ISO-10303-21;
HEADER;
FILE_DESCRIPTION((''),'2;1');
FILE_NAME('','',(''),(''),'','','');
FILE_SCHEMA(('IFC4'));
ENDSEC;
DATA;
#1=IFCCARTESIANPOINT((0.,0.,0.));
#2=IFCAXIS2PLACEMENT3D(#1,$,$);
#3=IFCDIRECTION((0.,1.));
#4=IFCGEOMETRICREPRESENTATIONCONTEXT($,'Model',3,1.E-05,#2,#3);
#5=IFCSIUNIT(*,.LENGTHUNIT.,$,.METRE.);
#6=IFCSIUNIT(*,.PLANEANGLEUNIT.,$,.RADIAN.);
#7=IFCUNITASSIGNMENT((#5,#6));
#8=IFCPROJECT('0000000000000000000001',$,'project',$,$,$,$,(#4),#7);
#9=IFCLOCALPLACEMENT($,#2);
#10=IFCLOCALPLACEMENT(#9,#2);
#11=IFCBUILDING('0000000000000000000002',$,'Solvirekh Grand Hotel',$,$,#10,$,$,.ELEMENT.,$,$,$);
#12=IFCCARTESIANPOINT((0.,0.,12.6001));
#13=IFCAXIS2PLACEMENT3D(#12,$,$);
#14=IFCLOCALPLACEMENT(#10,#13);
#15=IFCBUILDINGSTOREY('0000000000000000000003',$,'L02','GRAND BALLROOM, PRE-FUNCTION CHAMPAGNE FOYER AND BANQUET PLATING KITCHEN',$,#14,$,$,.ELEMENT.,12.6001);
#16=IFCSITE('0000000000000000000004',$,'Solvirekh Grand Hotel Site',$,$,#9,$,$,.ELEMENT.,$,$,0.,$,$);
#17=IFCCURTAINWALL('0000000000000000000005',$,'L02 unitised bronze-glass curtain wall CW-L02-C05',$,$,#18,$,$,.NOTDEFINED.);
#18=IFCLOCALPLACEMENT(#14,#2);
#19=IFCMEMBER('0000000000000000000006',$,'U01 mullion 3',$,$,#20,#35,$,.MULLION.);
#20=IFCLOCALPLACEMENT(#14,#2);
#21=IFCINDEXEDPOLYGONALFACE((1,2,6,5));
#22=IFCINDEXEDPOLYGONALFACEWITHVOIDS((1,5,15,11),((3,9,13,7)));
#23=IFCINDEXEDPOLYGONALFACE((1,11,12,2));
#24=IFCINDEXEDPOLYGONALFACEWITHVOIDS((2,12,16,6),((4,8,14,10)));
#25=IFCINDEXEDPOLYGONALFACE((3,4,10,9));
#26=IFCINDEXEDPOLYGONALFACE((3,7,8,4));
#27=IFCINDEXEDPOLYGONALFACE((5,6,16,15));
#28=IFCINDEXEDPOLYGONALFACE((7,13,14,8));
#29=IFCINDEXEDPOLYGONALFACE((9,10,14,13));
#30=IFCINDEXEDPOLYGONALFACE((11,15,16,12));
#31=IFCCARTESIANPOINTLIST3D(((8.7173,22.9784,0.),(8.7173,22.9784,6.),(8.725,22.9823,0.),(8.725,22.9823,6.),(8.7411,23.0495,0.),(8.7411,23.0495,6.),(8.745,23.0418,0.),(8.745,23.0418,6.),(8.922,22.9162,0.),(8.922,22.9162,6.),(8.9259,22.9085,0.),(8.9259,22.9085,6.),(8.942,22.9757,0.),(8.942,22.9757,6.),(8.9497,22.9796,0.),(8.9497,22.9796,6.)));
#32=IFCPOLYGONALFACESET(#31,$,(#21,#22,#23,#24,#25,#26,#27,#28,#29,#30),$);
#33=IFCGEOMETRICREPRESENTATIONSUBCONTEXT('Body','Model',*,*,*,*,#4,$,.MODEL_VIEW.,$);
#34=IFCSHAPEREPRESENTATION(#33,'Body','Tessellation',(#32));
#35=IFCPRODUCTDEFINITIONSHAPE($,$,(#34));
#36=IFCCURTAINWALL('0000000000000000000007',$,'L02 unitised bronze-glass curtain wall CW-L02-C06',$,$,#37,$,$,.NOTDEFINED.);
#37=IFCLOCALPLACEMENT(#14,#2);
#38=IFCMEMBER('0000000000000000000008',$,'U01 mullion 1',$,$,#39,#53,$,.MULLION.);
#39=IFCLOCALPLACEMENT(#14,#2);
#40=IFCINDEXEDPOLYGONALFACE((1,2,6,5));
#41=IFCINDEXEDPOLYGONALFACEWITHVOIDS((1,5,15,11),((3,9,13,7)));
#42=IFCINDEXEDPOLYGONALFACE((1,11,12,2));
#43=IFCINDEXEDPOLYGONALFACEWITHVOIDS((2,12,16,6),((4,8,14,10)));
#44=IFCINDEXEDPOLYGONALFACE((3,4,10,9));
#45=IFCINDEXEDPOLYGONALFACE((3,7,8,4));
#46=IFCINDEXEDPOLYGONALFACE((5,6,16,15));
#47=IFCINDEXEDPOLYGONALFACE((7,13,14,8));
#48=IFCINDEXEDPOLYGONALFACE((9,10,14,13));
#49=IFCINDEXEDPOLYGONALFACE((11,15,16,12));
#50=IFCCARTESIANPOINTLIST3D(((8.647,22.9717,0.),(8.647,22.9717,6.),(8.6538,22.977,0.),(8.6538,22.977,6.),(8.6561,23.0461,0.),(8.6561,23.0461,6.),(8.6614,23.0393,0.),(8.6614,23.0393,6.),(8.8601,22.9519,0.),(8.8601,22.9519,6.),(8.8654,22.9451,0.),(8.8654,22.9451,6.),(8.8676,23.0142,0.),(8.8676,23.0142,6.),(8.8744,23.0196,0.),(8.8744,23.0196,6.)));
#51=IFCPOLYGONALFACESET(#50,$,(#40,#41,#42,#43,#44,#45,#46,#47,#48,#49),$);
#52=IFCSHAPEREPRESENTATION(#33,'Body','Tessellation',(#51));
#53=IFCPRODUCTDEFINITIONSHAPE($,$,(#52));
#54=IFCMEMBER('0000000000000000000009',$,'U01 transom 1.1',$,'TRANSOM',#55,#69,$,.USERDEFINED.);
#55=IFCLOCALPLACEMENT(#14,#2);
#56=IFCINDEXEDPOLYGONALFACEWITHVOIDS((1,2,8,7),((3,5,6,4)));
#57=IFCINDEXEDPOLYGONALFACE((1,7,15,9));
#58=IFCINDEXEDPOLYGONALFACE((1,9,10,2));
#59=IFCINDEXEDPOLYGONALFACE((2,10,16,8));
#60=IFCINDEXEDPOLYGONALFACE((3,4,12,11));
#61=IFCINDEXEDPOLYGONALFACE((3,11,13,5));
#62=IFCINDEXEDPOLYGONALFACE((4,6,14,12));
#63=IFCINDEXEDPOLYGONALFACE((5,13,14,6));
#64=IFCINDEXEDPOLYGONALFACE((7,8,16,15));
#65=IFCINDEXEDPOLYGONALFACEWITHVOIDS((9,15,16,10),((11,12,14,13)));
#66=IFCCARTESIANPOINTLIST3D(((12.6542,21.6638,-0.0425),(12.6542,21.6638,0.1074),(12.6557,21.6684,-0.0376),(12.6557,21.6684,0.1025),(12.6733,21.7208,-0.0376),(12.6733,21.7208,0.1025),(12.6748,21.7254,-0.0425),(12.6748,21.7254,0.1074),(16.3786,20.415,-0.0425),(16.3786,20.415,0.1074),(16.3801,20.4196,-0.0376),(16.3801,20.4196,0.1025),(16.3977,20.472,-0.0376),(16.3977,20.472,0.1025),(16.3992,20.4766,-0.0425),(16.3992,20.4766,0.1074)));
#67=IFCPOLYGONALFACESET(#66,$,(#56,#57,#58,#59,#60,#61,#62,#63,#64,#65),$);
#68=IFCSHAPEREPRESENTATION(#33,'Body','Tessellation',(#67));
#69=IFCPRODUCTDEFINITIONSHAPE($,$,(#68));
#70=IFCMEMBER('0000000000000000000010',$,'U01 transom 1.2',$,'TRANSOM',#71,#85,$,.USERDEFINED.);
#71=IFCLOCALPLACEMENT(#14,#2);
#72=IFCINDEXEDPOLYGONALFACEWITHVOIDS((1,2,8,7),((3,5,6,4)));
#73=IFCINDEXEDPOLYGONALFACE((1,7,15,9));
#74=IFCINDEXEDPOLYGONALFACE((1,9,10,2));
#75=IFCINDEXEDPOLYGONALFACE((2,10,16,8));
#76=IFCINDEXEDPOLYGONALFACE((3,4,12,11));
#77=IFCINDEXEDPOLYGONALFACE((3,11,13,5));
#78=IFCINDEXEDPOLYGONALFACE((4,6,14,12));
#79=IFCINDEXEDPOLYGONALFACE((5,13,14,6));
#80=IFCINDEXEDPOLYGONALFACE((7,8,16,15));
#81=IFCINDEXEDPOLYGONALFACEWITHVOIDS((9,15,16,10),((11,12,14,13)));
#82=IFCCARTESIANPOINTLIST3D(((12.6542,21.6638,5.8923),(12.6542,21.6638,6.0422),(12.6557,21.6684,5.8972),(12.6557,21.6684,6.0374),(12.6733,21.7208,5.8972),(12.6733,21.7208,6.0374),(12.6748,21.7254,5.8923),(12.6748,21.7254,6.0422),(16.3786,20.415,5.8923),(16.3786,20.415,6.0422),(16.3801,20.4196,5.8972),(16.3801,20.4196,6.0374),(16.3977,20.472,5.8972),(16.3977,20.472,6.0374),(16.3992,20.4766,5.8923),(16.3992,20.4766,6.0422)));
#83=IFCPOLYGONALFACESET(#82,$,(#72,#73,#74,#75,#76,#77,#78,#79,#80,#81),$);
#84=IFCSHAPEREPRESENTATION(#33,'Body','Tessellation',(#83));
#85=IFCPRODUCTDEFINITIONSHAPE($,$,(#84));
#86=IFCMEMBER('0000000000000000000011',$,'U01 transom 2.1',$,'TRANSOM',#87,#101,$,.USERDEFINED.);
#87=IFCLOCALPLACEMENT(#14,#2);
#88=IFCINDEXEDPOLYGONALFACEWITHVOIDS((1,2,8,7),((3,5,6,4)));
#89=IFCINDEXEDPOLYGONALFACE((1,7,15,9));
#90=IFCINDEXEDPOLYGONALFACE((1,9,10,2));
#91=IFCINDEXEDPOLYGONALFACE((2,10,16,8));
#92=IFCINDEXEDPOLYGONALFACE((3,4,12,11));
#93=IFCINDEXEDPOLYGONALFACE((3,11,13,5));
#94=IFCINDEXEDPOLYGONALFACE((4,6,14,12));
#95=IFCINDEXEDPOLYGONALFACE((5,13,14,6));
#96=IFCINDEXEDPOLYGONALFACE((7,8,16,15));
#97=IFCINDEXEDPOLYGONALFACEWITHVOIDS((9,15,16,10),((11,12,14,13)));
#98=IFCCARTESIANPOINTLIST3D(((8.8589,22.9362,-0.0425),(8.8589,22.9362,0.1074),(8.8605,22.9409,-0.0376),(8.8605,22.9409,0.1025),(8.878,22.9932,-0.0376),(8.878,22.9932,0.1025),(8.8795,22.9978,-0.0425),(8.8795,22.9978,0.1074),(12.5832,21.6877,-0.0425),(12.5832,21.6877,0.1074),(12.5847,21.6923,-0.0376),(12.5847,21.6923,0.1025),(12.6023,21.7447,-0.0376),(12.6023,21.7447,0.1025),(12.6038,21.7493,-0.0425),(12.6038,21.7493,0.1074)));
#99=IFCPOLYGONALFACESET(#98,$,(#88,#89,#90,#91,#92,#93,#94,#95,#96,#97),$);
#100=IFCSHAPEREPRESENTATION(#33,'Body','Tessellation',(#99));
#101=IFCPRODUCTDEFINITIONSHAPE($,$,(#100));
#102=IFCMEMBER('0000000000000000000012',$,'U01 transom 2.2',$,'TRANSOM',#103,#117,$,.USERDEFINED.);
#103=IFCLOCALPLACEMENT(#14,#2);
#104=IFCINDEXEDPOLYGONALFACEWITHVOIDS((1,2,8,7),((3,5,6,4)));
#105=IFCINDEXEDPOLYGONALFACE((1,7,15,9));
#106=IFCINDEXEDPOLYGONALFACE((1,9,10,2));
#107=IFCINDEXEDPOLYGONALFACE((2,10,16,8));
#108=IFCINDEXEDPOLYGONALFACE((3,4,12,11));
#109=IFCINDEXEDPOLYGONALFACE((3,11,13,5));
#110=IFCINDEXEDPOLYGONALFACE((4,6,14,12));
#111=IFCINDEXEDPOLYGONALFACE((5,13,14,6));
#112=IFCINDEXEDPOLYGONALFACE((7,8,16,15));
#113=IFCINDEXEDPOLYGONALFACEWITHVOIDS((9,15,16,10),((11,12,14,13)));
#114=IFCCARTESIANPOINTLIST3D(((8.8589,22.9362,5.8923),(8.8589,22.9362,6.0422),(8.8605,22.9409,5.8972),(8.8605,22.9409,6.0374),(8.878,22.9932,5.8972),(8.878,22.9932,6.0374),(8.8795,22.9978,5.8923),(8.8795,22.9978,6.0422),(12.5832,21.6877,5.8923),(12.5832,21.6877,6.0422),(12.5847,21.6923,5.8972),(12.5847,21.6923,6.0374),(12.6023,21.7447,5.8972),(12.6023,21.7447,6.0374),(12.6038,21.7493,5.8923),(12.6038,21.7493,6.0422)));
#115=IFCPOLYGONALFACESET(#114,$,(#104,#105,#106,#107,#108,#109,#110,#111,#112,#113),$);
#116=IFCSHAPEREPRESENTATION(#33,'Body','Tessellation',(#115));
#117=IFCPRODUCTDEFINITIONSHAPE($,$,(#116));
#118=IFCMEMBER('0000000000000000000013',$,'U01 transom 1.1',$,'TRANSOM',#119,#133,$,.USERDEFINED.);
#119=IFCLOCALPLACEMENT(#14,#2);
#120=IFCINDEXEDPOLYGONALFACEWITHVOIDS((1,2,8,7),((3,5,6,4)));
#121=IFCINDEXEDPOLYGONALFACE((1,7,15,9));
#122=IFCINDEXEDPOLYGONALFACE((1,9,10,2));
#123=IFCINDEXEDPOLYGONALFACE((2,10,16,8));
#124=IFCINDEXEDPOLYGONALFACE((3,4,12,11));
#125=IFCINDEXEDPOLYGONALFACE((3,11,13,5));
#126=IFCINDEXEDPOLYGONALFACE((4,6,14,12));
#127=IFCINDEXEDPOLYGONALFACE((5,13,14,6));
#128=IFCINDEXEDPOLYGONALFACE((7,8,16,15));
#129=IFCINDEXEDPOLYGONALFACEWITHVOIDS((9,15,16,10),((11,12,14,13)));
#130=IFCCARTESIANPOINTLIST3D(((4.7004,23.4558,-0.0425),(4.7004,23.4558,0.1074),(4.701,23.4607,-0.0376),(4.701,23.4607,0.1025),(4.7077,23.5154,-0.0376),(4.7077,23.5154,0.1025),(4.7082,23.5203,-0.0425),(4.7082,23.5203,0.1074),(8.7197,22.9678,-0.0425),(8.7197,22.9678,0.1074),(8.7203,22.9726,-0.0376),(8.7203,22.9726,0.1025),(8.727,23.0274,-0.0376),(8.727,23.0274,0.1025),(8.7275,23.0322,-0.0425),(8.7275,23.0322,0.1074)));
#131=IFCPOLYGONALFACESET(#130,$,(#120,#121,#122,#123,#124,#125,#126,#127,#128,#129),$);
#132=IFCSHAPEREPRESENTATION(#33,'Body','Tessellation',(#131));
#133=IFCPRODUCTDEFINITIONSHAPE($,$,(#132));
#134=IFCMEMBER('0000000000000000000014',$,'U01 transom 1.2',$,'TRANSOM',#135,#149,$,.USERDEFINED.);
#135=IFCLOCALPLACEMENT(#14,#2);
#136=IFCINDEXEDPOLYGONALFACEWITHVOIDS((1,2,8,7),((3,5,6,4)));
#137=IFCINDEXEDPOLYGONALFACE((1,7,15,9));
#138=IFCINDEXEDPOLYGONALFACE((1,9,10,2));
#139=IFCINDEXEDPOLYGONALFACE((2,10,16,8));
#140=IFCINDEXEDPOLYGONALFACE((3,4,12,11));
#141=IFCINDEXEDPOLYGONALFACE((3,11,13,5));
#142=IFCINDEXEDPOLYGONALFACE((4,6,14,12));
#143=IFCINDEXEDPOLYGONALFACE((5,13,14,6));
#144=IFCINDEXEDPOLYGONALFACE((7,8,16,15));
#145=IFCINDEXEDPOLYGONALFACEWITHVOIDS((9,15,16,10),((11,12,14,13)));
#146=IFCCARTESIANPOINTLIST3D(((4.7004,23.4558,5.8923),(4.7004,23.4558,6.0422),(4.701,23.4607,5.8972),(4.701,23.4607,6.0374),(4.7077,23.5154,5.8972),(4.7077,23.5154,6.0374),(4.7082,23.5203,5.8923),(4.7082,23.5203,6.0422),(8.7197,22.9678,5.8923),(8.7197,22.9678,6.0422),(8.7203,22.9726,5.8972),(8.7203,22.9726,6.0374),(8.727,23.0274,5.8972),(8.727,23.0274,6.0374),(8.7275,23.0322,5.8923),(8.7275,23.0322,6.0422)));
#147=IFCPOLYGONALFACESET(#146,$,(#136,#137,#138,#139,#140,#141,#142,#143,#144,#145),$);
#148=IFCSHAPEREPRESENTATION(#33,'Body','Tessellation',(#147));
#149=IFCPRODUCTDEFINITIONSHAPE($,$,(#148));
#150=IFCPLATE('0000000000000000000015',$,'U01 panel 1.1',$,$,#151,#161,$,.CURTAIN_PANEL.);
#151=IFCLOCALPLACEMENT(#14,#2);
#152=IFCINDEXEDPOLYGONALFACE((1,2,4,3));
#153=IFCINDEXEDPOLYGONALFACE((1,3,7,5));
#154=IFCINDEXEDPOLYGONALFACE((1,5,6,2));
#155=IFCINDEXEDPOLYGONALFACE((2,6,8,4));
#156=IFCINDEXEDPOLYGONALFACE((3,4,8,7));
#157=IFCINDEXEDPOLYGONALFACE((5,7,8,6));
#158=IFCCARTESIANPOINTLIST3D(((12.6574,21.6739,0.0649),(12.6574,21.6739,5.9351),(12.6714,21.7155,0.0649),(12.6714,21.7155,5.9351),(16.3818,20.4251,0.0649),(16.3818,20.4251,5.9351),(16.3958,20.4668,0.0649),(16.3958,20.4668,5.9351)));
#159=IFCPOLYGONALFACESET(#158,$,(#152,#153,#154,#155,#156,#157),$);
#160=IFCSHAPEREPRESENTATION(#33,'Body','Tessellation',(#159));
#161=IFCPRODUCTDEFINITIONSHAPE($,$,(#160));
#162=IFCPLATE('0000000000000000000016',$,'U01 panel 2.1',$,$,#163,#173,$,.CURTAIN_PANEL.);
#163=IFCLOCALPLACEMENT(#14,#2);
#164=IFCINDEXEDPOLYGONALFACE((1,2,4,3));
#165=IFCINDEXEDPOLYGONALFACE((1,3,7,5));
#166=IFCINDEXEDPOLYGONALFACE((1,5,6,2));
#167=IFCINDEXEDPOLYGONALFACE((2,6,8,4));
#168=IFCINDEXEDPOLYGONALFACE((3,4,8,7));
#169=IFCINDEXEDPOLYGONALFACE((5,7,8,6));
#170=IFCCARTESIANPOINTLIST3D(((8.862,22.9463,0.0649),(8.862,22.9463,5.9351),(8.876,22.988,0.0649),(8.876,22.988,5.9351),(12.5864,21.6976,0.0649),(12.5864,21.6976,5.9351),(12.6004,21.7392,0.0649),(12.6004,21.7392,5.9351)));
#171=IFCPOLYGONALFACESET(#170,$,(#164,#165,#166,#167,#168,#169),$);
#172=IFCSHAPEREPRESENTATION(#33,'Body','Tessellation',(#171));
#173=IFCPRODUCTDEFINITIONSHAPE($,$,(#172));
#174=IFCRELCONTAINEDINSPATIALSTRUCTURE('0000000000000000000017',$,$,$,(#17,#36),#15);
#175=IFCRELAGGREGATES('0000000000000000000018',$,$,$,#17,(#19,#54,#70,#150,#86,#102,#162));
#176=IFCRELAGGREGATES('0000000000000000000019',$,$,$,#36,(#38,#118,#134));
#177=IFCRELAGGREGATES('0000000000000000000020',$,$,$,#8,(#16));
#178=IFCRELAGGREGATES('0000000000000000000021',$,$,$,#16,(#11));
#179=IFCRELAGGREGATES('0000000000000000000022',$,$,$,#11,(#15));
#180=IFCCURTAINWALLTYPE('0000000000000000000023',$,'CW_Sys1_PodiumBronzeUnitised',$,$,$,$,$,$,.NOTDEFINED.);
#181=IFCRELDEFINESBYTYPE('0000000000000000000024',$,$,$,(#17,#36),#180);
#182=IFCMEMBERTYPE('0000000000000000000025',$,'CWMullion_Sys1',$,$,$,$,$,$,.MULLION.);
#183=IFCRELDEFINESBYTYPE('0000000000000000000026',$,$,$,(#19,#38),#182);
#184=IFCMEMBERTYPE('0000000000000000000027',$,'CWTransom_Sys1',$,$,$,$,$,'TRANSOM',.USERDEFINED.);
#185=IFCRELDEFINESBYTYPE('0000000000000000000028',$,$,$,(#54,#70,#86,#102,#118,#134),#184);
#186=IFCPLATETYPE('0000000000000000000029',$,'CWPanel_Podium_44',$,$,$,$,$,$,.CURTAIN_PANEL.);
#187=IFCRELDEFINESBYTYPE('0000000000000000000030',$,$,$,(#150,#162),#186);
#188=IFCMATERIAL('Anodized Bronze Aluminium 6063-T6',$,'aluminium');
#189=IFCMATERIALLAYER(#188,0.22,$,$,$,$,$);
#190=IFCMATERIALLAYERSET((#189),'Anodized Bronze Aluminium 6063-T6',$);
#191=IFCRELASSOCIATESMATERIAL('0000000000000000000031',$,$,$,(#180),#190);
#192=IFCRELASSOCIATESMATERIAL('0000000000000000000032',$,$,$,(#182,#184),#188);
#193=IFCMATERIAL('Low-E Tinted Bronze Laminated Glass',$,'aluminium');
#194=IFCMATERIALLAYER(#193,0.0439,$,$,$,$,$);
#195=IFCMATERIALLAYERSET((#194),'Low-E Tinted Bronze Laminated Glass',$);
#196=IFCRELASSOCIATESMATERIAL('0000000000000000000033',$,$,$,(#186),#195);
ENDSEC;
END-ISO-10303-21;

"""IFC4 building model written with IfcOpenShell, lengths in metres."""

from ifc_helpers import new_model, si_unit, direction, frame, origin, origin_2d, place, context, subcontext, project, spatial, rectangle, hollow_rectangle, extrude, source, transform, mapped, material, layer, layer_set, material_profile, profile_set, type_object, element, aggregate, save


model = new_model("IFC4")

# Units and contexts
model_context = context("Model", 3, precision=1e-05, world=origin(), true_north=direction((0.0, 1.0)))
body_context = subcontext(model_context, "Body", "Model", "MODEL_VIEW")
ifc_project = project(units=[si_unit("LENGTHUNIT", "METRE"), si_unit("PLANEANGLEUNIT", "RADIAN")], contexts=[model_context])

# Site, building, storey
site_placement = place(None, origin())
site = spatial("IfcSite", under=ifc_project, at=site_placement, Name="Solvirekh Grand Hotel Site", CompositionType="ELEMENT", RefElevation=0.0)
building_placement = place(site_placement, origin())
building = spatial("IfcBuilding", under=site, at=building_placement, Name="Solvirekh Grand Hotel", CompositionType="ELEMENT")
storey_placement = place(building_placement, frame((0.0, 0.0, 12.6001)))
storey = spatial("IfcBuildingStorey", under=building, at=storey_placement, Name="L02", Description="GRAND BALLROOM, PRE-FUNCTION CHAMPAGNE FOYER AND BANQUET PLATING KITCHEN", CompositionType="ELEMENT", Elevation=12.6001)

# Curtain wall, member
ifc_material_1 = material(Name="Anodized Bronze Aluminium 6063-T6", Category="aluminium")
ifc_layer_1 = layer(ifc_material_1, 0.22)
ifc_layer_set_1 = layer_set([ifc_layer_1], Name="Anodized Bronze Aluminium 6063-T6")
curtain_wall_type = type_object("IfcCurtainWallType", Name="CW_Sys1_PodiumBronzeUnitised", PredefinedType="NOTDEFINED", material=ifc_layer_set_1)
curtain_wall_1_placement = place(storey_placement, origin())
curtain_wall_1 = element("IfcCurtainWall", 1, at=curtain_wall_1_placement, inside=storey, type_object=curtain_wall_type, Name="L02 unitised bronze-glass curtain wall CW-L02-C05", PredefinedType="NOTDEFINED")
ifc_material_profile_1 = material_profile(ifc_material_1, hollow_rectangle(XDim=0.075, YDim=0.22, WallThickness=0.0061, at=origin_2d()), Name="ALU RHS 220X75X6")
ifc_profile_set_1 = profile_set([ifc_material_profile_1], Name="Anodized Bronze Aluminium 6063-T6")
member_type_1 = type_object("IfcMemberType", Name="CWMullion_Sys1", PredefinedType="MULLION", material=ifc_profile_set_1)
shared_shape_1 = source(origin(), body_context, "Body", "SweptSolid", [
    extrude(hollow_rectangle(XDim=0.075, YDim=0.22, WallThickness=0.0061, at=origin_2d()), origin(), (0.0, 0.0, 1.0), 6.0),
])
member_1_placement = place(storey_placement, frame((8.8335, 22.979, 0.0), z_axis=(0.0, 0.0, 1.0), x_axis=(-0.317898, -0.948125, 0.0)))
member_1 = element("IfcMember", 2, at=member_1_placement, type_object=member_type_1, Name="U01 mullion 3", PredefinedType="MULLION", context=body_context, shape_type="MappedRepresentation", body=[
    mapped(shared_shape_1, transform((0.0, 0.0, 0.0), x_axis=(1.0, 0.0, 0.0), y_axis=(0.0, 1.0, 0.0), z_axis=(0.0, 0.0, 1.0), scale=1.0)),
])

# Curtain wall, member
curtain_wall_2_placement = place(storey_placement, origin())
curtain_wall_2 = element("IfcCurtainWall", 3, at=curtain_wall_2_placement, inside=storey, type_object=curtain_wall_type, Name="L02 unitised bronze-glass curtain wall CW-L02-C06", PredefinedType="NOTDEFINED")
member_2_placement = place(storey_placement, frame((8.7607, 22.9956, 0.0), z_axis=(0.0, 0.0, 1.0), x_axis=(-0.120514, -0.992712, 0.0)))
member_2 = element("IfcMember", 4, at=member_2_placement, type_object=member_type_1, Name="U01 mullion 1", PredefinedType="MULLION", context=body_context, shape_type="MappedRepresentation", body=[
    mapped(shared_shape_1, transform((0.0, 0.0, 0.0), x_axis=(1.0, 0.0, 0.0), y_axis=(0.0, 1.0, 0.0), z_axis=(0.0, 0.0, 1.0), scale=1.0)),
])

# Members
ifc_material_profile_2 = material_profile(ifc_material_1, hollow_rectangle(XDim=0.0649, YDim=0.1499, WallThickness=0.0049, at=origin_2d()), Name="ALU RHS 150X65X5")
ifc_profile_set_2 = profile_set([ifc_material_profile_2], Name="Anodized Bronze Aluminium 6063-T6")
member_type_2 = type_object("IfcMemberType", Name="CWTransom_Sys1", ElementType="TRANSOM", PredefinedType="USERDEFINED", material=ifc_profile_set_2)
shared_shape_2 = source(origin(), body_context, "Body", "SweptSolid", [
    extrude(hollow_rectangle(XDim=0.0649, YDim=0.1499, WallThickness=0.0049, at=origin_2d()), origin(), (0.0, 0.0, 1.0), 3.9282),
])
member_3_placement = place(storey_placement, frame((16.3889, 20.4458, 0.0325), z_axis=(-0.948122, 0.317905, 0.0), x_axis=(-0.317905, -0.948122, 0.0)))
member_3 = element("IfcMember", 5, at=member_3_placement, type_object=member_type_2, Name="U01 transom 1.1", ObjectType="TRANSOM", PredefinedType="USERDEFINED", context=body_context, shape_type="MappedRepresentation", body=[
    mapped(shared_shape_2, transform((0.0, 0.0, 0.0), x_axis=(1.0, 0.0, 0.0), y_axis=(0.0, 1.0, 0.0), z_axis=(0.0, 0.0, 1.0), scale=1.0)),
])
member_4_placement = place(storey_placement, frame((16.3889, 20.4458, 5.9673), z_axis=(-0.948122, 0.317905, 0.0), x_axis=(-0.317905, -0.948122, 0.0)))
member_4 = element("IfcMember", 6, at=member_4_placement, type_object=member_type_2, Name="U01 transom 1.2", ObjectType="TRANSOM", PredefinedType="USERDEFINED", context=body_context, shape_type="MappedRepresentation", body=[
    mapped(shared_shape_2, transform((0.0, 0.0, 0.0), x_axis=(1.0, 0.0, 0.0), y_axis=(0.0, 1.0, 0.0), z_axis=(0.0, 0.0, 1.0), scale=1.0)),
])
shared_shape_3 = source(origin(), body_context, "Body", "SweptSolid", [
    extrude(hollow_rectangle(XDim=0.0649, YDim=0.1499, WallThickness=0.0049, at=origin_2d()), origin(), (0.0, 0.0, 1.0), 3.928),
])
member_5_placement = place(storey_placement, frame((12.5935, 21.7185, 0.0325), z_axis=(-0.948141, 0.317849, 0.0), x_axis=(-0.317849, -0.948141, 0.0)))
member_5 = element("IfcMember", 7, at=member_5_placement, type_object=member_type_2, Name="U01 transom 2.1", ObjectType="TRANSOM", PredefinedType="USERDEFINED", context=body_context, shape_type="MappedRepresentation", body=[
    mapped(shared_shape_3, transform((0.0, 0.0, 0.0), x_axis=(1.0, 0.0, 0.0), y_axis=(0.0, 1.0, 0.0), z_axis=(0.0, 0.0, 1.0), scale=1.0)),
])
member_6_placement = place(storey_placement, frame((12.5935, 21.7185, 5.9673), z_axis=(-0.948141, 0.317849, 0.0), x_axis=(-0.317849, -0.948141, 0.0)))
member_6 = element("IfcMember", 8, at=member_6_placement, type_object=member_type_2, Name="U01 transom 2.2", ObjectType="TRANSOM", PredefinedType="USERDEFINED", context=body_context, shape_type="MappedRepresentation", body=[
    mapped(shared_shape_3, transform((0.0, 0.0, 0.0), x_axis=(1.0, 0.0, 0.0), y_axis=(0.0, 1.0, 0.0), z_axis=(0.0, 0.0, 1.0), scale=1.0)),
])
shared_shape_4 = source(origin(), body_context, "Body", "SweptSolid", [
    extrude(hollow_rectangle(XDim=0.0649, YDim=0.1499, WallThickness=0.0049, at=origin_2d()), origin(), (0.0, 0.0, 1.0), 4.0488),
])
member_7_placement = place(storey_placement, frame((8.7236, 23.0, 0.0325), z_axis=(-0.992709, 0.120538, 0.0), x_axis=(-0.120538, -0.992709, 0.0)))
member_7 = element("IfcMember", 9, at=member_7_placement, type_object=member_type_2, Name="U01 transom 1.1", ObjectType="TRANSOM", PredefinedType="USERDEFINED", context=body_context, shape_type="MappedRepresentation", body=[
    mapped(shared_shape_4, transform((0.0, 0.0, 0.0), x_axis=(1.0, 0.0, 0.0), y_axis=(0.0, 1.0, 0.0), z_axis=(0.0, 0.0, 1.0), scale=1.0)),
])
member_8_placement = place(storey_placement, frame((8.7236, 23.0, 5.9673), z_axis=(-0.992709, 0.120538, 0.0), x_axis=(-0.120538, -0.992709, 0.0)))
member_8 = element("IfcMember", 10, at=member_8_placement, type_object=member_type_2, Name="U01 transom 1.2", ObjectType="TRANSOM", PredefinedType="USERDEFINED", context=body_context, shape_type="MappedRepresentation", body=[
    mapped(shared_shape_4, transform((0.0, 0.0, 0.0), x_axis=(1.0, 0.0, 0.0), y_axis=(0.0, 1.0, 0.0), z_axis=(0.0, 0.0, 1.0), scale=1.0)),
])

# Plates
ifc_material_2 = material(Name="Low-E Tinted Bronze Laminated Glass", Category="aluminium")
ifc_layer_2 = layer(ifc_material_2, 0.0439)
ifc_layer_set_2 = layer_set([ifc_layer_2], Name="Low-E Tinted Bronze Laminated Glass")
plate_type = type_object("IfcPlateType", Name="CWPanel_Podium_44", PredefinedType="CURTAIN_PANEL", material=ifc_layer_set_2)
shared_shape_5 = source(origin(), body_context, "Body", "SweptSolid", [
    extrude(rectangle(XDim=3.9282, YDim=0.0439, at=origin_2d()), origin(), (0.0, 0.0, 1.0), 5.8701),
])
plate_1_placement = place(storey_placement, frame((14.5266, 21.0703, 0.0649), z_axis=(0.0, 0.0, 1.0), x_axis=(-0.948125, 0.317898, 0.0)))
plate_1 = element("IfcPlate", 11, at=plate_1_placement, type_object=plate_type, Name="U01 panel 1.1", PredefinedType="CURTAIN_PANEL", context=body_context, shape_type="MappedRepresentation", body=[
    mapped(shared_shape_5, transform((0.0, 0.0, 0.0), x_axis=(1.0, 0.0, 0.0), y_axis=(0.0, 1.0, 0.0), z_axis=(0.0, 0.0, 1.0), scale=1.0)),
])
plate_2_placement = place(storey_placement, frame((10.7312, 22.3428, 0.0649), z_axis=(0.0, 0.0, 1.0), x_axis=(-0.948125, 0.317898, 0.0)))
plate_2 = element("IfcPlate", 12, at=plate_2_placement, type_object=plate_type, Name="U01 panel 2.1", PredefinedType="CURTAIN_PANEL", context=body_context, shape_type="MappedRepresentation", body=[
    mapped(shared_shape_5, transform((0.0, 0.0, 0.0), x_axis=(1.0, 0.0, 0.0), y_axis=(0.0, 1.0, 0.0), z_axis=(0.0, 0.0, 1.0), scale=1.0)),
])
aggregate(curtain_wall_1, [member_1, member_3, member_4, plate_1, member_5, member_6, plate_2])
aggregate(curtain_wall_2, [member_2, member_7, member_8])

save(model, "model.ifc")
